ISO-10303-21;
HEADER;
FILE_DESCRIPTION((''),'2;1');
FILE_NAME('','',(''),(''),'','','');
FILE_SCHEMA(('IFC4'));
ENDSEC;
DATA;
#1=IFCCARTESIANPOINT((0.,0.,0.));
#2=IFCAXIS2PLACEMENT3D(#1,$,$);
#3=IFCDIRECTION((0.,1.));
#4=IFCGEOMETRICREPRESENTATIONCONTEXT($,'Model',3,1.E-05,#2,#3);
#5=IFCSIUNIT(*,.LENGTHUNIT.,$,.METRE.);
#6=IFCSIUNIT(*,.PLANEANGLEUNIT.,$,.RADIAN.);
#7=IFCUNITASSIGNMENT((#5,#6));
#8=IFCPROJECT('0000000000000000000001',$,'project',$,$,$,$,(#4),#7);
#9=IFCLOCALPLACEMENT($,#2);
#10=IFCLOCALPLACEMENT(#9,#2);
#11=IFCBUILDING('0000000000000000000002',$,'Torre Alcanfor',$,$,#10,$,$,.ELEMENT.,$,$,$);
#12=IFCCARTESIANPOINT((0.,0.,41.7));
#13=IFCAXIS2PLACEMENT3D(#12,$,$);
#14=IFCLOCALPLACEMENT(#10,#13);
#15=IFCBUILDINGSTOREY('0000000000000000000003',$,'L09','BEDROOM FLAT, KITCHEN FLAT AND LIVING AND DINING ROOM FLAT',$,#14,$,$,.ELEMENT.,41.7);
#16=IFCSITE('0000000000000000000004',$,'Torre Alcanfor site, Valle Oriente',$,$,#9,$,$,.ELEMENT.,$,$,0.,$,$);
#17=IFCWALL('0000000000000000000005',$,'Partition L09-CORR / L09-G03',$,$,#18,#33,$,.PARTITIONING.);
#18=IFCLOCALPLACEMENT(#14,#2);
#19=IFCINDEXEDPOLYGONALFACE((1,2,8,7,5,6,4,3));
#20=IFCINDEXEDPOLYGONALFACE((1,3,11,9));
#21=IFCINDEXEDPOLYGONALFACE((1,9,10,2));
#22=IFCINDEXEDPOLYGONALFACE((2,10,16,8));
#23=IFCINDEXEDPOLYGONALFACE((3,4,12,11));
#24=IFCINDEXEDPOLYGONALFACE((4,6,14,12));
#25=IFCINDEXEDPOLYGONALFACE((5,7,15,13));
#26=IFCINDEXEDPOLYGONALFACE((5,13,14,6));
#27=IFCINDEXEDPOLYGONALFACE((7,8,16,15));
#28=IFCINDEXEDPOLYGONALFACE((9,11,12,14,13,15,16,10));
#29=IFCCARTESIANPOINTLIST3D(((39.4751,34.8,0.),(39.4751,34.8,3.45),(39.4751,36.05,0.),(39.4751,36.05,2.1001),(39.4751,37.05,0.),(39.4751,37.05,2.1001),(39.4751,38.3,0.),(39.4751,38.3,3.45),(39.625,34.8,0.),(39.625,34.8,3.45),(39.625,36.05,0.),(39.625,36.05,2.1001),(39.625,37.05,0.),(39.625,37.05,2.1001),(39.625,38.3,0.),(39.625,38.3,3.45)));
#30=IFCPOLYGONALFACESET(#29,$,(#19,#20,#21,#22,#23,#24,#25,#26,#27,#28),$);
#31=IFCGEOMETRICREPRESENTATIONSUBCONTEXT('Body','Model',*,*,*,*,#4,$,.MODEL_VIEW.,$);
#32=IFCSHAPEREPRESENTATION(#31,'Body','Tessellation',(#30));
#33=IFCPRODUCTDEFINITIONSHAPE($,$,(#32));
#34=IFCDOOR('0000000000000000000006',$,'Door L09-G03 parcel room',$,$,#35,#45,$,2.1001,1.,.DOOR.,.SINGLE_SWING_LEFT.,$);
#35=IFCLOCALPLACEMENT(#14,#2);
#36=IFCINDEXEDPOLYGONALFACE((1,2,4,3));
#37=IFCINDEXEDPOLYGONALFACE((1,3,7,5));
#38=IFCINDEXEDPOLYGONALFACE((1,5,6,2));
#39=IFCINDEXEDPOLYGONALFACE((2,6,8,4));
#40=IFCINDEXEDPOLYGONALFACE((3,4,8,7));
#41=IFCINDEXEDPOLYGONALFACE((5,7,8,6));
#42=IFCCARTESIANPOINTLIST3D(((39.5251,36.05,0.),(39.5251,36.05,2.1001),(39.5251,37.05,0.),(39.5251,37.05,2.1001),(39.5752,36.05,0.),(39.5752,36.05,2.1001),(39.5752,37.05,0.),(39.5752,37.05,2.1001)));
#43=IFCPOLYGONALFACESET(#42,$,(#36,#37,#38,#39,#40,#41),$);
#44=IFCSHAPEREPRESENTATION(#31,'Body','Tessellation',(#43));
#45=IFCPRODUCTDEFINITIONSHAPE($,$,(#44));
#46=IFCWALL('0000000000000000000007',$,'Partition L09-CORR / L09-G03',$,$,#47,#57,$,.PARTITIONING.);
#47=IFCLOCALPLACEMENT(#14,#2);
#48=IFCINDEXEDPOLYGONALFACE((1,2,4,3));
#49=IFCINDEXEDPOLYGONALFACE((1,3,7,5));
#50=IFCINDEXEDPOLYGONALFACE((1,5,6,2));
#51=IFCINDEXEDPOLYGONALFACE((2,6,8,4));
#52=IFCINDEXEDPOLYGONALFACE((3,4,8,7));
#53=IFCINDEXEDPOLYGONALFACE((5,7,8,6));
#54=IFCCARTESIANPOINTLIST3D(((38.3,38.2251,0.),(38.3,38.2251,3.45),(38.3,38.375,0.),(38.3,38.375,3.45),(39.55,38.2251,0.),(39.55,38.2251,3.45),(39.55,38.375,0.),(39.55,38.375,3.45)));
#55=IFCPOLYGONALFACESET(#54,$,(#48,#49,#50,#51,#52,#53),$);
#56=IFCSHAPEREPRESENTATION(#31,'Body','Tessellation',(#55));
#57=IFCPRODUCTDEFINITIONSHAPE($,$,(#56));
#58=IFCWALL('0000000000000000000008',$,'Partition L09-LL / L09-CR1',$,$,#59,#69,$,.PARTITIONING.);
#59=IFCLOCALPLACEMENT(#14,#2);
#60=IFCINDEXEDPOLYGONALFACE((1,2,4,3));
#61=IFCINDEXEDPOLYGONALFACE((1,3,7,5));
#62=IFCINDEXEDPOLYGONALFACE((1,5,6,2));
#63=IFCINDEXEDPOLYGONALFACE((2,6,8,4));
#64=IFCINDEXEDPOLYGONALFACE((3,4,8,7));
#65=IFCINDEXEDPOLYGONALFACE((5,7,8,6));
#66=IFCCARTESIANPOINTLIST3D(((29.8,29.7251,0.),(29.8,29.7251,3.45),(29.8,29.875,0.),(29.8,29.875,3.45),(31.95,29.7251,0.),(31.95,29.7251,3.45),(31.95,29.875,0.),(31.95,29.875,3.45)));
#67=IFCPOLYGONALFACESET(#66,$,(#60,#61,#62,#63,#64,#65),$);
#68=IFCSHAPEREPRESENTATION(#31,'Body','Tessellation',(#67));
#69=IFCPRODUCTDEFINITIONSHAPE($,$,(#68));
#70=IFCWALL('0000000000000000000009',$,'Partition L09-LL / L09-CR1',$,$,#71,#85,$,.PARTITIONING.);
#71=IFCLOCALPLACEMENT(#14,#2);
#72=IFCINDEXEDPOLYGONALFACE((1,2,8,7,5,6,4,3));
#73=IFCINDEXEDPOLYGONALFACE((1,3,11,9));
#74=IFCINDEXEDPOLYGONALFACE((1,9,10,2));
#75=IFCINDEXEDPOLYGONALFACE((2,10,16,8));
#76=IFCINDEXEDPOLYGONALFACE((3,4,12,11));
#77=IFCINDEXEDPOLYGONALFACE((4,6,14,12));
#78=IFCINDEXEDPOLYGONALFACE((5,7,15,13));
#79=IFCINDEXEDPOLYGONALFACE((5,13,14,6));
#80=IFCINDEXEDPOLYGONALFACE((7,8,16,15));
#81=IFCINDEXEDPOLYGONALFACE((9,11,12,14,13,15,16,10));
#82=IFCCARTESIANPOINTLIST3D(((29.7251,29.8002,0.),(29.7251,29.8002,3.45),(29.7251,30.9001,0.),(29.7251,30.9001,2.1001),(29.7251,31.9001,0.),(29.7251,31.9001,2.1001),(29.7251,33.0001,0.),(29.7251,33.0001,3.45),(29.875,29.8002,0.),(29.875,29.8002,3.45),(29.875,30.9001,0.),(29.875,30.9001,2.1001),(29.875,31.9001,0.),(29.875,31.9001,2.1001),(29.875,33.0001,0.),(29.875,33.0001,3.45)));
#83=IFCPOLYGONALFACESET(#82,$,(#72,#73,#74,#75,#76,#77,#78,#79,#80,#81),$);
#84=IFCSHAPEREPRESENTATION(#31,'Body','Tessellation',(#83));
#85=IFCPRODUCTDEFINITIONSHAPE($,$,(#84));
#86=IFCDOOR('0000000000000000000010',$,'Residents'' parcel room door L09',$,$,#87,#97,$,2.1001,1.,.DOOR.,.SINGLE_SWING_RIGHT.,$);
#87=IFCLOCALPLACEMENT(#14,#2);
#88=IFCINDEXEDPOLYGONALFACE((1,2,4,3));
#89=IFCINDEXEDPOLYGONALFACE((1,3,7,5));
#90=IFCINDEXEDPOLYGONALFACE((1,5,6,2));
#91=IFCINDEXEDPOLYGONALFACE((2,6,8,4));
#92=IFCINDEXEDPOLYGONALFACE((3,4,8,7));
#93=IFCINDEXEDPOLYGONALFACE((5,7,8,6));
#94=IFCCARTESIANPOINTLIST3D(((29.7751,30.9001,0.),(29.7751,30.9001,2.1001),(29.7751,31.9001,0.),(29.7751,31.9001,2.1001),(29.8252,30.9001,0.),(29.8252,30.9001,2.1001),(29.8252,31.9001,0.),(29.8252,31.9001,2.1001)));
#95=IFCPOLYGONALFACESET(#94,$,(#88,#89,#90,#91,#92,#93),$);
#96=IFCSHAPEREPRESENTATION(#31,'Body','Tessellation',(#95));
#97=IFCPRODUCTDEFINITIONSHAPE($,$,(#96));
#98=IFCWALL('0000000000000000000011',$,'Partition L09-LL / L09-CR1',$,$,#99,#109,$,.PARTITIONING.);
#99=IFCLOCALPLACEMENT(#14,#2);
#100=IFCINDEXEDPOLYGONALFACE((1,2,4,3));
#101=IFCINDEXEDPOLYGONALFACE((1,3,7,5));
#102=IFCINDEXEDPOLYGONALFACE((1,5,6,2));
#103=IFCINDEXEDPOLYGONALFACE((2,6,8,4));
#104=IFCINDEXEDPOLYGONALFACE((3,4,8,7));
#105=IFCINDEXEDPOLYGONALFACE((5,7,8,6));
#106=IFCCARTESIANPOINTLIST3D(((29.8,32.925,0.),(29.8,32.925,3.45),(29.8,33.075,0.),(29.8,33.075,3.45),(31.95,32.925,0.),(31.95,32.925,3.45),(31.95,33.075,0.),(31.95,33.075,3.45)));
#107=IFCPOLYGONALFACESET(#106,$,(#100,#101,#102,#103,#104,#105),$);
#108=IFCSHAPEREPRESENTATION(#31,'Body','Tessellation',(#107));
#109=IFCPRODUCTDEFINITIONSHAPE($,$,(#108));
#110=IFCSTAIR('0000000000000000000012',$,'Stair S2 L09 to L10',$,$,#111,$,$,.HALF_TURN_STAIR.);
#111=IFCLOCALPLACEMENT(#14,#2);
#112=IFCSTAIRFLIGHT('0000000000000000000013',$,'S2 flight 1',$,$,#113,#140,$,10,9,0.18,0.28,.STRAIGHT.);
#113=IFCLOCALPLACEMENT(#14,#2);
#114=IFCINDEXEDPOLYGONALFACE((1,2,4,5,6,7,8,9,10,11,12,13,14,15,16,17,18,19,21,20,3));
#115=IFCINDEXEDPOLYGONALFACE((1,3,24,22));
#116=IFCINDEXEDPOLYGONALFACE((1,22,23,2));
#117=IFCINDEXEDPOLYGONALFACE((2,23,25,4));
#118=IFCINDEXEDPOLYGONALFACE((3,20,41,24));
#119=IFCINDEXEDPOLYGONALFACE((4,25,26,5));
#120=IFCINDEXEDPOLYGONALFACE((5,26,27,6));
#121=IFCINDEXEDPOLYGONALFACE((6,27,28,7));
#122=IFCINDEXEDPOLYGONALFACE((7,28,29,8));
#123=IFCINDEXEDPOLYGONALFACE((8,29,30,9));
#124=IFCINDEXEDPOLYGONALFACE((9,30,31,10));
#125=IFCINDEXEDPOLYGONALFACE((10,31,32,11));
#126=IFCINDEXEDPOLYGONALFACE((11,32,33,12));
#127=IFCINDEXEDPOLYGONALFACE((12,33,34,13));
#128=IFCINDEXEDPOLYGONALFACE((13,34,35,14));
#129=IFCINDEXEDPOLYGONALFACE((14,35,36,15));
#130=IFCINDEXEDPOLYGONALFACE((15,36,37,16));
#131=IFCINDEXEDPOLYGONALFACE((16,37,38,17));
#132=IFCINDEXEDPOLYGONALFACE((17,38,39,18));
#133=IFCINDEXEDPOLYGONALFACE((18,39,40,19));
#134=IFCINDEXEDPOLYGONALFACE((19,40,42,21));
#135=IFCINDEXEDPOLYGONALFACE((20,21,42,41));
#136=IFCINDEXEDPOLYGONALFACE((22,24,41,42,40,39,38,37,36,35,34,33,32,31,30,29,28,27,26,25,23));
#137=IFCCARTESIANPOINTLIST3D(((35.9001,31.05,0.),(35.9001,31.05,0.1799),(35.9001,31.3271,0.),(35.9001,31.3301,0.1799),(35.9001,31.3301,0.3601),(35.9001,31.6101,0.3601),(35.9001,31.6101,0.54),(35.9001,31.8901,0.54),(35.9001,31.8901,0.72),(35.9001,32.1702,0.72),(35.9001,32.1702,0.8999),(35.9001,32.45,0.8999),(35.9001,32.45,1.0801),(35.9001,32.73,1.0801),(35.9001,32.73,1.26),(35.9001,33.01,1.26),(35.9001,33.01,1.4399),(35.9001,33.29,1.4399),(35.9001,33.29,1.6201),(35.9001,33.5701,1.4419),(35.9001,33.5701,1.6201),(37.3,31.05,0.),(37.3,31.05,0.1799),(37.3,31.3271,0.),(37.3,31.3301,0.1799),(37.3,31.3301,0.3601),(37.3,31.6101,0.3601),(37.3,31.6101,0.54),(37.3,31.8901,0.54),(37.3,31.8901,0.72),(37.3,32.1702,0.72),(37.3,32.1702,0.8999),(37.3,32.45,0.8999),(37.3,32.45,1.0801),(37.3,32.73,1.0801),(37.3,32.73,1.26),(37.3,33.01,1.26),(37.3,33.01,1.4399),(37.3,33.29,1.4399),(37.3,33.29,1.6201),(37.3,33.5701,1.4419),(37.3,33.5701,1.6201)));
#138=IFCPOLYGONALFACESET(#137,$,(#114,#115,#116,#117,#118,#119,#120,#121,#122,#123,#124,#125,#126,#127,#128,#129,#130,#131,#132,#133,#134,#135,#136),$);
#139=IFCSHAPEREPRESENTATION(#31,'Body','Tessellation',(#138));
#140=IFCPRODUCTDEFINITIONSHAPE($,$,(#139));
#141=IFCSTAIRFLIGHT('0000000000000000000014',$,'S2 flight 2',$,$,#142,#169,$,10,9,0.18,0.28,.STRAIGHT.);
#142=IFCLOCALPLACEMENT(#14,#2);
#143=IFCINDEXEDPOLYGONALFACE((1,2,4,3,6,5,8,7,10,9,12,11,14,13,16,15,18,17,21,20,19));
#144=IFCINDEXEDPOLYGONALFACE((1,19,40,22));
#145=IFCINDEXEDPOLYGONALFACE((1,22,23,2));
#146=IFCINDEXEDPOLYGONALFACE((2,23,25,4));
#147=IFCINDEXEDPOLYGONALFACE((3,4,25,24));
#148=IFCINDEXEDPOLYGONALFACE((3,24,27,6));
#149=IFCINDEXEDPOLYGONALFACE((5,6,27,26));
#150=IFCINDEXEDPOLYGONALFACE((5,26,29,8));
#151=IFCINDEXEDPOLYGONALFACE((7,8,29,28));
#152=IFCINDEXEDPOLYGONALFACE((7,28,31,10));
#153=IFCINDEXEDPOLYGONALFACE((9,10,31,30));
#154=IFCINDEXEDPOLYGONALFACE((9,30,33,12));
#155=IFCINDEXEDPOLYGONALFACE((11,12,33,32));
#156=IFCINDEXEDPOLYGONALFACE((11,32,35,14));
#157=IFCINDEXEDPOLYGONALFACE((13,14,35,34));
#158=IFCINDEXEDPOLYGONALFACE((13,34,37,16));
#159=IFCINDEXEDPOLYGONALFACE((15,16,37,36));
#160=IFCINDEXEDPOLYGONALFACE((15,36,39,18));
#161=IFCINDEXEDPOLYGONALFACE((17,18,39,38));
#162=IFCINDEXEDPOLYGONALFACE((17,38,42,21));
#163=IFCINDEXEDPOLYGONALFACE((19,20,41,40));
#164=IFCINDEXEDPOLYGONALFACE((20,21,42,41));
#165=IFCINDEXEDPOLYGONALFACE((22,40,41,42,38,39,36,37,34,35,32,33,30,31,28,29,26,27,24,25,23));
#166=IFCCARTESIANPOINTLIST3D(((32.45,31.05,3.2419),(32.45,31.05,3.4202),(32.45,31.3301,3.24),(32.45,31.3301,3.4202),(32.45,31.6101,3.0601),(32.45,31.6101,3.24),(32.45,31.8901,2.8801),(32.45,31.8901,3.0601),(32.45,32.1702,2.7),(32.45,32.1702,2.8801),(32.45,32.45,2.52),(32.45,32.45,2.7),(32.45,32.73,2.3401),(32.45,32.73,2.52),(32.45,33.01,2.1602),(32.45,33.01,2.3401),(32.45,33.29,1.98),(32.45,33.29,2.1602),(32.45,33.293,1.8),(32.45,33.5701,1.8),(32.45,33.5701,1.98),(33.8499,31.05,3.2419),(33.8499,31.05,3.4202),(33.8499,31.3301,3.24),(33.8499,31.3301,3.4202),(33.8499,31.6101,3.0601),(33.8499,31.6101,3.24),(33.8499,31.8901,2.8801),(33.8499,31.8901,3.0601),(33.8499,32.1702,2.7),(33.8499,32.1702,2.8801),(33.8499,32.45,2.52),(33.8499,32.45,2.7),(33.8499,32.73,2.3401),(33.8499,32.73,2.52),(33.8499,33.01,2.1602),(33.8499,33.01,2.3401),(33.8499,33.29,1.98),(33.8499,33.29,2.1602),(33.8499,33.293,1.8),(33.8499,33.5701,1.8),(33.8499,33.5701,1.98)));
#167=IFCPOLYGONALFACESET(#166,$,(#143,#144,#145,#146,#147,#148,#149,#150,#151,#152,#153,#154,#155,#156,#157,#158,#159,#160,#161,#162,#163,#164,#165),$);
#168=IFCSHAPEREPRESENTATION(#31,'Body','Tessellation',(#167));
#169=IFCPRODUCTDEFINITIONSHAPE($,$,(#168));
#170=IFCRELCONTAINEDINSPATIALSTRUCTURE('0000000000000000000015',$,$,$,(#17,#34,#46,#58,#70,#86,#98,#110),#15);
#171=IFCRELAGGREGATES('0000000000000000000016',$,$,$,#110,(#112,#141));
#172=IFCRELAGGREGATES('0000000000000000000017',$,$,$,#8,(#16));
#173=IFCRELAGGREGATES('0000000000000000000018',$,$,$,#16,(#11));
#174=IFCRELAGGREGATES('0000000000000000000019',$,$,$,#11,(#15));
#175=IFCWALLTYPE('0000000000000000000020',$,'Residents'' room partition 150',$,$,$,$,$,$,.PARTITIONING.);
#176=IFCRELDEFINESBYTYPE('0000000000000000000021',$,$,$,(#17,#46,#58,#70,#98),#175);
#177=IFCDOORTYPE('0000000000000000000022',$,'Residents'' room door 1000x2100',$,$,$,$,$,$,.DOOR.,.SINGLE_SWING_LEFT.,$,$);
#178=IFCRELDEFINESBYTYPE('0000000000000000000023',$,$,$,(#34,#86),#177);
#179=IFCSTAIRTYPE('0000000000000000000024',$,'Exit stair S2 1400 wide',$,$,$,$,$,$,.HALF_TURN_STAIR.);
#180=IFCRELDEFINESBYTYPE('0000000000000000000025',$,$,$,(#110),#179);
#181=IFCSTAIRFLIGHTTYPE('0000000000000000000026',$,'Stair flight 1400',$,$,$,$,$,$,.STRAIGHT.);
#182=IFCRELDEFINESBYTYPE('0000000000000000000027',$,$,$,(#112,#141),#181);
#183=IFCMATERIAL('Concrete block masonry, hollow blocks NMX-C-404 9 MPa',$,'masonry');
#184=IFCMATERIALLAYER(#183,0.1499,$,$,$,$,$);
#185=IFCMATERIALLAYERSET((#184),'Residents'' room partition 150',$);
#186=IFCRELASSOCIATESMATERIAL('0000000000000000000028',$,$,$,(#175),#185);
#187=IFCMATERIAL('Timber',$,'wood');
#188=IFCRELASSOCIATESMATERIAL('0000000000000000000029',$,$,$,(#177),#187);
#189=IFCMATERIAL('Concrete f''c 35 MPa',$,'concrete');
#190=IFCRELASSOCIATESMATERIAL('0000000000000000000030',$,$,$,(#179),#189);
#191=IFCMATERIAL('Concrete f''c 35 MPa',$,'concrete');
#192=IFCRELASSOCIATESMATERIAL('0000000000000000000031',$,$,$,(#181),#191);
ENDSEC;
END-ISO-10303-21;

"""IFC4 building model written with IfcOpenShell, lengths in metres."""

from ifc_helpers import new_model, si_unit, direction, frame, frame_2d, origin, place, context, subcontext, project, spatial, polyline, rectangle, outline, extrude, material, layer, layer_set, type_object, element, fill, aggregate, save


model = new_model("IFC4")

# Units and contexts
model_context = context("Model", 3, precision=1e-05, world=origin(), true_north=direction((0.0, 1.0)))
body_context = subcontext(model_context, "Body", "Model", "MODEL_VIEW")
ifc_project = project(units=[si_unit("LENGTHUNIT", "METRE"), si_unit("PLANEANGLEUNIT", "RADIAN")], contexts=[model_context])

# Site, building, storey
site_placement = place(None, origin())
site = spatial("IfcSite", under=ifc_project, at=site_placement, Name="Torre Alcanfor site, Valle Oriente", CompositionType="ELEMENT", RefElevation=0.0)
building_placement = place(site_placement, origin())
building = spatial("IfcBuilding", under=site, at=building_placement, Name="Torre Alcanfor", CompositionType="ELEMENT")
storey_placement = place(building_placement, frame((0.0, 0.0, 41.7)))
storey = spatial("IfcBuildingStorey", under=building, at=storey_placement, Name="L09", Description="BEDROOM FLAT, KITCHEN FLAT AND LIVING AND DINING ROOM FLAT", CompositionType="ELEMENT", Elevation=41.7)

# Shared definitions
ifc_material_1 = material(Name="Concrete block masonry, hollow blocks NMX-C-404 9 MPa", Category="masonry")
ifc_layer_1 = layer(ifc_material_1, 0.1499)
ifc_layer_set_1 = layer_set([ifc_layer_1], Name="Residents' room partition 150")
wall_type_1 = type_object("IfcWallType", Name="Residents' room partition 150", PredefinedType="PARTITIONING", material=ifc_layer_set_1)

# Shared definitions
ifc_material_2 = material(Name="Timber", Category="wood")
door_type_1 = type_object("IfcDoorType", Name="Residents' room door 1000x2100", OperationType="SINGLE_SWING_LEFT", PredefinedType="DOOR", material=ifc_material_2)

# Wall, opening, door
wall_1_placement = place(storey_placement, frame((39.55, 34.8, 0.0), z_axis=(0.0, 0.0, 1.0), x_axis=(0.0, 1.0, 0.0)))
wall_1 = element("IfcWall", 1, at=wall_1_placement, inside=storey, type_object=wall_type_1, Name="Partition L09-CORR / L09-G03", PredefinedType="PARTITIONING", context=body_context, shape_type="SweptSolid", body=[
    extrude(rectangle(XDim=3.5, YDim=0.1499, at=frame_2d((1.75, 0.0))), origin(), (0.0, 0.0, 1.0), 3.45),
])
opening_1_placement = place(wall_1_placement, frame((1.25, 0.0, 0.0)))
opening_1 = element("IfcOpeningElement", 2, at=opening_1_placement, cuts=wall_1, PredefinedType="OPENING", context=body_context, shape_type="SweptSolid", body=[
    extrude(rectangle(XDim=1.0, YDim=2.1001, at=frame_2d((0.5, 1.05))), frame((0.0, 0.085, 0.0), z_axis=(0.0, -1.0, 0.0), x_axis=(1.0, 0.0, 0.0)), (0.0, 0.0, 1.0), 0.1699),
])
door_1_placement = place(opening_1_placement, origin())
door_1 = element("IfcDoor", 3, at=door_1_placement, inside=storey, type_object=door_type_1, Name="Door L09-G03 parcel room", OperationType="SINGLE_SWING_LEFT", OverallHeight=2.1001, OverallWidth=1.0, PredefinedType="DOOR", context=body_context, shape_type="SweptSolid", body=[
    extrude(rectangle(XDim=1.0, YDim=2.1001, at=frame_2d((0.5, 1.05))), frame((0.0, 0.0249, 0.0), z_axis=(0.0, -1.0, 0.0), x_axis=(1.0, 0.0, 0.0)), (0.0, 0.0, 1.0), 0.05),
])
fill(opening_1, door_1)

# Walls
wall_2_placement = place(storey_placement, frame((39.55, 38.3, 0.0), z_axis=(0.0, 0.0, 1.0), x_axis=(-1.0, 0.0, 0.0)))
element("IfcWall", 4, at=wall_2_placement, inside=storey, type_object=wall_type_1, Name="Partition L09-CORR / L09-G03", PredefinedType="PARTITIONING", context=body_context, shape_type="SweptSolid", body=[
    extrude(rectangle(XDim=1.25, YDim=0.1499, at=frame_2d((0.625, 0.0))), origin(), (0.0, 0.0, 1.0), 3.45),
])
wall_3_placement = place(storey_placement, frame((31.95, 29.8, 0.0), z_axis=(0.0, 0.0, 1.0), x_axis=(-1.0, 0.0, 0.0)))
element("IfcWall", 5, at=wall_3_placement, inside=storey, type_object=wall_type_1, Name="Partition L09-LL / L09-CR1", PredefinedType="PARTITIONING", context=body_context, shape_type="SweptSolid", body=[
    extrude(rectangle(XDim=2.1499, YDim=0.1499, at=frame_2d((1.075, 0.0))), origin(), (0.0, 0.0, 1.0), 3.45),
])

# Wall, opening, door
wall_4_placement = place(storey_placement, frame((29.8, 29.8, 0.0), z_axis=(0.0, 0.0, 1.0), x_axis=(0.0, 1.0, 0.0)))
wall_4 = element("IfcWall", 6, at=wall_4_placement, inside=storey, type_object=wall_type_1, Name="Partition L09-LL / L09-CR1", PredefinedType="PARTITIONING", context=body_context, shape_type="SweptSolid", body=[
    extrude(rectangle(XDim=3.2, YDim=0.1499, at=frame_2d((1.6001, 0.0))), origin(), (0.0, 0.0, 1.0), 3.45),
])
opening_2_placement = place(wall_4_placement, frame((1.1001, 0.0, 0.0)))
opening_2 = element("IfcOpeningElement", 7, at=opening_2_placement, cuts=wall_4, PredefinedType="OPENING", context=body_context, shape_type="SweptSolid", body=[
    extrude(rectangle(XDim=1.0, YDim=2.1001, at=frame_2d((0.5, 1.05))), frame((0.0, 0.085, 0.0), z_axis=(0.0, -1.0, 0.0), x_axis=(1.0, 0.0, 0.0)), (0.0, 0.0, 1.0), 0.1699),
])
door_2_placement = place(opening_2_placement, frame((1.0, 0.0, 0.0), z_axis=(0.0, 0.0, 1.0), x_axis=(-1.0, 0.0, 0.0)))
door_2 = element("IfcDoor", 8, at=door_2_placement, inside=storey, type_object=door_type_1, Name="Residents' parcel room door L09", OperationType="SINGLE_SWING_RIGHT", OverallHeight=2.1001, OverallWidth=1.0, PredefinedType="DOOR", context=body_context, shape_type="SweptSolid", body=[
    extrude(rectangle(XDim=1.0, YDim=2.1001, at=frame_2d((0.5, 1.05))), frame((0.0, 0.0251, 0.0), z_axis=(0.0, -1.0, 0.0), x_axis=(1.0, 0.0, 0.0)), (0.0, 0.0, 1.0), 0.05),
])
fill(opening_2, door_2)

# Wall
wall_5_placement = place(storey_placement, frame((29.8, 33.0, 0.0), z_axis=(0.0, 0.0, 1.0), x_axis=(1.0, 0.0, 0.0)))
element("IfcWall", 9, at=wall_5_placement, inside=storey, type_object=wall_type_1, Name="Partition L09-LL / L09-CR1", PredefinedType="PARTITIONING", context=body_context, shape_type="SweptSolid", body=[
    extrude(rectangle(XDim=2.1499, YDim=0.1499, at=frame_2d((1.075, 0.0))), origin(), (0.0, 0.0, 1.0), 3.45),
])

# Stair, stair flights
ifc_material_3 = material(Name="Concrete f'c 35 MPa", Category="concrete")
stair_type = type_object("IfcStairType", Name="Exit stair S2 1400 wide", PredefinedType="HALF_TURN_STAIR", material=ifc_material_3)
stair_placement = place(storey_placement, origin())
stair = element("IfcStair", 10, at=stair_placement, inside=storey, type_object=stair_type, Name="Stair S2 L09 to L10", PredefinedType="HALF_TURN_STAIR")
ifc_material_4 = material(Name="Concrete f'c 35 MPa", Category="concrete")
stair_flight_type = type_object("IfcStairFlightType", Name="Stair flight 1400", PredefinedType="STRAIGHT", material=ifc_material_4)
stair_flight_1_placement = place(storey_placement, frame((36.6001, 31.05, 0.0), z_axis=(0.0, 0.0, 1.0), x_axis=(0.0, 1.0, 0.0)))
stair_flight_1 = element("IfcStairFlight", 11, at=stair_flight_1_placement, type_object=stair_flight_type, Name="S2 flight 1", NumberOfRisers=10, NumberOfTreads=9, PredefinedType="STRAIGHT", RiserHeight=0.18, TreadLength=0.28, context=body_context, shape_type="SweptSolid", body=[
    extrude(outline(polyline([(0.0, 0.0), (0.0, 0.1799), (0.28, 0.1799), (0.28, 0.3601), (0.5601, 0.3601), (0.5601, 0.54), (0.8401, 0.54), (0.8401, 0.72), (1.1201, 0.72), (1.1201, 0.8999), (1.3999, 0.8999), (1.3999, 1.0801), (1.6799, 1.0801), (1.6799, 1.26), (1.96, 1.26), (1.96, 1.4399), (2.24, 1.4399), (2.24, 1.6201), (2.52, 1.6201), (2.52, 1.8), (2.52, 1.4419), (0.2771, 0.0), (0.0, 0.0)])), frame((0.0, 0.7, 0.0), z_axis=(0.0, -1.0, 0.0), x_axis=(1.0, 0.0, 0.0)), (0.0, 0.0, 1.0), 1.3999),
])
stair_flight_2_placement = place(storey_placement, frame((33.1499, 33.5701, 1.8), z_axis=(0.0, 0.0, 1.0), x_axis=(0.0, -1.0, 0.0)))
stair_flight_2 = element("IfcStairFlight", 12, at=stair_flight_2_placement, type_object=stair_flight_type, Name="S2 flight 2", NumberOfRisers=10, NumberOfTreads=9, PredefinedType="STRAIGHT", RiserHeight=0.18, TreadLength=0.28, context=body_context, shape_type="SweptSolid", body=[
    extrude(outline(polyline([(0.0, 0.0), (0.0, 0.1799), (0.28, 0.1799), (0.28, 0.3601), (0.5601, 0.3601), (0.5601, 0.54), (0.8401, 0.54), (0.8401, 0.72), (1.1201, 0.72), (1.1201, 0.8999), (1.3999, 0.8999), (1.3999, 1.0801), (1.6799, 1.0801), (1.6799, 1.26), (1.96, 1.26), (1.96, 1.4399), (2.24, 1.4399), (2.24, 1.6201), (2.52, 1.6201), (2.52, 1.8), (2.52, 1.4419), (0.2771, 0.0), (0.0, 0.0)])), frame((0.0, 0.7, 0.0), z_axis=(0.0, -1.0, 0.0), x_axis=(1.0, 0.0, 0.0)), (0.0, 0.0, 1.0), 1.3999),
])
aggregate(stair, [stair_flight_1, stair_flight_2])

save(model, "model.ifc")
